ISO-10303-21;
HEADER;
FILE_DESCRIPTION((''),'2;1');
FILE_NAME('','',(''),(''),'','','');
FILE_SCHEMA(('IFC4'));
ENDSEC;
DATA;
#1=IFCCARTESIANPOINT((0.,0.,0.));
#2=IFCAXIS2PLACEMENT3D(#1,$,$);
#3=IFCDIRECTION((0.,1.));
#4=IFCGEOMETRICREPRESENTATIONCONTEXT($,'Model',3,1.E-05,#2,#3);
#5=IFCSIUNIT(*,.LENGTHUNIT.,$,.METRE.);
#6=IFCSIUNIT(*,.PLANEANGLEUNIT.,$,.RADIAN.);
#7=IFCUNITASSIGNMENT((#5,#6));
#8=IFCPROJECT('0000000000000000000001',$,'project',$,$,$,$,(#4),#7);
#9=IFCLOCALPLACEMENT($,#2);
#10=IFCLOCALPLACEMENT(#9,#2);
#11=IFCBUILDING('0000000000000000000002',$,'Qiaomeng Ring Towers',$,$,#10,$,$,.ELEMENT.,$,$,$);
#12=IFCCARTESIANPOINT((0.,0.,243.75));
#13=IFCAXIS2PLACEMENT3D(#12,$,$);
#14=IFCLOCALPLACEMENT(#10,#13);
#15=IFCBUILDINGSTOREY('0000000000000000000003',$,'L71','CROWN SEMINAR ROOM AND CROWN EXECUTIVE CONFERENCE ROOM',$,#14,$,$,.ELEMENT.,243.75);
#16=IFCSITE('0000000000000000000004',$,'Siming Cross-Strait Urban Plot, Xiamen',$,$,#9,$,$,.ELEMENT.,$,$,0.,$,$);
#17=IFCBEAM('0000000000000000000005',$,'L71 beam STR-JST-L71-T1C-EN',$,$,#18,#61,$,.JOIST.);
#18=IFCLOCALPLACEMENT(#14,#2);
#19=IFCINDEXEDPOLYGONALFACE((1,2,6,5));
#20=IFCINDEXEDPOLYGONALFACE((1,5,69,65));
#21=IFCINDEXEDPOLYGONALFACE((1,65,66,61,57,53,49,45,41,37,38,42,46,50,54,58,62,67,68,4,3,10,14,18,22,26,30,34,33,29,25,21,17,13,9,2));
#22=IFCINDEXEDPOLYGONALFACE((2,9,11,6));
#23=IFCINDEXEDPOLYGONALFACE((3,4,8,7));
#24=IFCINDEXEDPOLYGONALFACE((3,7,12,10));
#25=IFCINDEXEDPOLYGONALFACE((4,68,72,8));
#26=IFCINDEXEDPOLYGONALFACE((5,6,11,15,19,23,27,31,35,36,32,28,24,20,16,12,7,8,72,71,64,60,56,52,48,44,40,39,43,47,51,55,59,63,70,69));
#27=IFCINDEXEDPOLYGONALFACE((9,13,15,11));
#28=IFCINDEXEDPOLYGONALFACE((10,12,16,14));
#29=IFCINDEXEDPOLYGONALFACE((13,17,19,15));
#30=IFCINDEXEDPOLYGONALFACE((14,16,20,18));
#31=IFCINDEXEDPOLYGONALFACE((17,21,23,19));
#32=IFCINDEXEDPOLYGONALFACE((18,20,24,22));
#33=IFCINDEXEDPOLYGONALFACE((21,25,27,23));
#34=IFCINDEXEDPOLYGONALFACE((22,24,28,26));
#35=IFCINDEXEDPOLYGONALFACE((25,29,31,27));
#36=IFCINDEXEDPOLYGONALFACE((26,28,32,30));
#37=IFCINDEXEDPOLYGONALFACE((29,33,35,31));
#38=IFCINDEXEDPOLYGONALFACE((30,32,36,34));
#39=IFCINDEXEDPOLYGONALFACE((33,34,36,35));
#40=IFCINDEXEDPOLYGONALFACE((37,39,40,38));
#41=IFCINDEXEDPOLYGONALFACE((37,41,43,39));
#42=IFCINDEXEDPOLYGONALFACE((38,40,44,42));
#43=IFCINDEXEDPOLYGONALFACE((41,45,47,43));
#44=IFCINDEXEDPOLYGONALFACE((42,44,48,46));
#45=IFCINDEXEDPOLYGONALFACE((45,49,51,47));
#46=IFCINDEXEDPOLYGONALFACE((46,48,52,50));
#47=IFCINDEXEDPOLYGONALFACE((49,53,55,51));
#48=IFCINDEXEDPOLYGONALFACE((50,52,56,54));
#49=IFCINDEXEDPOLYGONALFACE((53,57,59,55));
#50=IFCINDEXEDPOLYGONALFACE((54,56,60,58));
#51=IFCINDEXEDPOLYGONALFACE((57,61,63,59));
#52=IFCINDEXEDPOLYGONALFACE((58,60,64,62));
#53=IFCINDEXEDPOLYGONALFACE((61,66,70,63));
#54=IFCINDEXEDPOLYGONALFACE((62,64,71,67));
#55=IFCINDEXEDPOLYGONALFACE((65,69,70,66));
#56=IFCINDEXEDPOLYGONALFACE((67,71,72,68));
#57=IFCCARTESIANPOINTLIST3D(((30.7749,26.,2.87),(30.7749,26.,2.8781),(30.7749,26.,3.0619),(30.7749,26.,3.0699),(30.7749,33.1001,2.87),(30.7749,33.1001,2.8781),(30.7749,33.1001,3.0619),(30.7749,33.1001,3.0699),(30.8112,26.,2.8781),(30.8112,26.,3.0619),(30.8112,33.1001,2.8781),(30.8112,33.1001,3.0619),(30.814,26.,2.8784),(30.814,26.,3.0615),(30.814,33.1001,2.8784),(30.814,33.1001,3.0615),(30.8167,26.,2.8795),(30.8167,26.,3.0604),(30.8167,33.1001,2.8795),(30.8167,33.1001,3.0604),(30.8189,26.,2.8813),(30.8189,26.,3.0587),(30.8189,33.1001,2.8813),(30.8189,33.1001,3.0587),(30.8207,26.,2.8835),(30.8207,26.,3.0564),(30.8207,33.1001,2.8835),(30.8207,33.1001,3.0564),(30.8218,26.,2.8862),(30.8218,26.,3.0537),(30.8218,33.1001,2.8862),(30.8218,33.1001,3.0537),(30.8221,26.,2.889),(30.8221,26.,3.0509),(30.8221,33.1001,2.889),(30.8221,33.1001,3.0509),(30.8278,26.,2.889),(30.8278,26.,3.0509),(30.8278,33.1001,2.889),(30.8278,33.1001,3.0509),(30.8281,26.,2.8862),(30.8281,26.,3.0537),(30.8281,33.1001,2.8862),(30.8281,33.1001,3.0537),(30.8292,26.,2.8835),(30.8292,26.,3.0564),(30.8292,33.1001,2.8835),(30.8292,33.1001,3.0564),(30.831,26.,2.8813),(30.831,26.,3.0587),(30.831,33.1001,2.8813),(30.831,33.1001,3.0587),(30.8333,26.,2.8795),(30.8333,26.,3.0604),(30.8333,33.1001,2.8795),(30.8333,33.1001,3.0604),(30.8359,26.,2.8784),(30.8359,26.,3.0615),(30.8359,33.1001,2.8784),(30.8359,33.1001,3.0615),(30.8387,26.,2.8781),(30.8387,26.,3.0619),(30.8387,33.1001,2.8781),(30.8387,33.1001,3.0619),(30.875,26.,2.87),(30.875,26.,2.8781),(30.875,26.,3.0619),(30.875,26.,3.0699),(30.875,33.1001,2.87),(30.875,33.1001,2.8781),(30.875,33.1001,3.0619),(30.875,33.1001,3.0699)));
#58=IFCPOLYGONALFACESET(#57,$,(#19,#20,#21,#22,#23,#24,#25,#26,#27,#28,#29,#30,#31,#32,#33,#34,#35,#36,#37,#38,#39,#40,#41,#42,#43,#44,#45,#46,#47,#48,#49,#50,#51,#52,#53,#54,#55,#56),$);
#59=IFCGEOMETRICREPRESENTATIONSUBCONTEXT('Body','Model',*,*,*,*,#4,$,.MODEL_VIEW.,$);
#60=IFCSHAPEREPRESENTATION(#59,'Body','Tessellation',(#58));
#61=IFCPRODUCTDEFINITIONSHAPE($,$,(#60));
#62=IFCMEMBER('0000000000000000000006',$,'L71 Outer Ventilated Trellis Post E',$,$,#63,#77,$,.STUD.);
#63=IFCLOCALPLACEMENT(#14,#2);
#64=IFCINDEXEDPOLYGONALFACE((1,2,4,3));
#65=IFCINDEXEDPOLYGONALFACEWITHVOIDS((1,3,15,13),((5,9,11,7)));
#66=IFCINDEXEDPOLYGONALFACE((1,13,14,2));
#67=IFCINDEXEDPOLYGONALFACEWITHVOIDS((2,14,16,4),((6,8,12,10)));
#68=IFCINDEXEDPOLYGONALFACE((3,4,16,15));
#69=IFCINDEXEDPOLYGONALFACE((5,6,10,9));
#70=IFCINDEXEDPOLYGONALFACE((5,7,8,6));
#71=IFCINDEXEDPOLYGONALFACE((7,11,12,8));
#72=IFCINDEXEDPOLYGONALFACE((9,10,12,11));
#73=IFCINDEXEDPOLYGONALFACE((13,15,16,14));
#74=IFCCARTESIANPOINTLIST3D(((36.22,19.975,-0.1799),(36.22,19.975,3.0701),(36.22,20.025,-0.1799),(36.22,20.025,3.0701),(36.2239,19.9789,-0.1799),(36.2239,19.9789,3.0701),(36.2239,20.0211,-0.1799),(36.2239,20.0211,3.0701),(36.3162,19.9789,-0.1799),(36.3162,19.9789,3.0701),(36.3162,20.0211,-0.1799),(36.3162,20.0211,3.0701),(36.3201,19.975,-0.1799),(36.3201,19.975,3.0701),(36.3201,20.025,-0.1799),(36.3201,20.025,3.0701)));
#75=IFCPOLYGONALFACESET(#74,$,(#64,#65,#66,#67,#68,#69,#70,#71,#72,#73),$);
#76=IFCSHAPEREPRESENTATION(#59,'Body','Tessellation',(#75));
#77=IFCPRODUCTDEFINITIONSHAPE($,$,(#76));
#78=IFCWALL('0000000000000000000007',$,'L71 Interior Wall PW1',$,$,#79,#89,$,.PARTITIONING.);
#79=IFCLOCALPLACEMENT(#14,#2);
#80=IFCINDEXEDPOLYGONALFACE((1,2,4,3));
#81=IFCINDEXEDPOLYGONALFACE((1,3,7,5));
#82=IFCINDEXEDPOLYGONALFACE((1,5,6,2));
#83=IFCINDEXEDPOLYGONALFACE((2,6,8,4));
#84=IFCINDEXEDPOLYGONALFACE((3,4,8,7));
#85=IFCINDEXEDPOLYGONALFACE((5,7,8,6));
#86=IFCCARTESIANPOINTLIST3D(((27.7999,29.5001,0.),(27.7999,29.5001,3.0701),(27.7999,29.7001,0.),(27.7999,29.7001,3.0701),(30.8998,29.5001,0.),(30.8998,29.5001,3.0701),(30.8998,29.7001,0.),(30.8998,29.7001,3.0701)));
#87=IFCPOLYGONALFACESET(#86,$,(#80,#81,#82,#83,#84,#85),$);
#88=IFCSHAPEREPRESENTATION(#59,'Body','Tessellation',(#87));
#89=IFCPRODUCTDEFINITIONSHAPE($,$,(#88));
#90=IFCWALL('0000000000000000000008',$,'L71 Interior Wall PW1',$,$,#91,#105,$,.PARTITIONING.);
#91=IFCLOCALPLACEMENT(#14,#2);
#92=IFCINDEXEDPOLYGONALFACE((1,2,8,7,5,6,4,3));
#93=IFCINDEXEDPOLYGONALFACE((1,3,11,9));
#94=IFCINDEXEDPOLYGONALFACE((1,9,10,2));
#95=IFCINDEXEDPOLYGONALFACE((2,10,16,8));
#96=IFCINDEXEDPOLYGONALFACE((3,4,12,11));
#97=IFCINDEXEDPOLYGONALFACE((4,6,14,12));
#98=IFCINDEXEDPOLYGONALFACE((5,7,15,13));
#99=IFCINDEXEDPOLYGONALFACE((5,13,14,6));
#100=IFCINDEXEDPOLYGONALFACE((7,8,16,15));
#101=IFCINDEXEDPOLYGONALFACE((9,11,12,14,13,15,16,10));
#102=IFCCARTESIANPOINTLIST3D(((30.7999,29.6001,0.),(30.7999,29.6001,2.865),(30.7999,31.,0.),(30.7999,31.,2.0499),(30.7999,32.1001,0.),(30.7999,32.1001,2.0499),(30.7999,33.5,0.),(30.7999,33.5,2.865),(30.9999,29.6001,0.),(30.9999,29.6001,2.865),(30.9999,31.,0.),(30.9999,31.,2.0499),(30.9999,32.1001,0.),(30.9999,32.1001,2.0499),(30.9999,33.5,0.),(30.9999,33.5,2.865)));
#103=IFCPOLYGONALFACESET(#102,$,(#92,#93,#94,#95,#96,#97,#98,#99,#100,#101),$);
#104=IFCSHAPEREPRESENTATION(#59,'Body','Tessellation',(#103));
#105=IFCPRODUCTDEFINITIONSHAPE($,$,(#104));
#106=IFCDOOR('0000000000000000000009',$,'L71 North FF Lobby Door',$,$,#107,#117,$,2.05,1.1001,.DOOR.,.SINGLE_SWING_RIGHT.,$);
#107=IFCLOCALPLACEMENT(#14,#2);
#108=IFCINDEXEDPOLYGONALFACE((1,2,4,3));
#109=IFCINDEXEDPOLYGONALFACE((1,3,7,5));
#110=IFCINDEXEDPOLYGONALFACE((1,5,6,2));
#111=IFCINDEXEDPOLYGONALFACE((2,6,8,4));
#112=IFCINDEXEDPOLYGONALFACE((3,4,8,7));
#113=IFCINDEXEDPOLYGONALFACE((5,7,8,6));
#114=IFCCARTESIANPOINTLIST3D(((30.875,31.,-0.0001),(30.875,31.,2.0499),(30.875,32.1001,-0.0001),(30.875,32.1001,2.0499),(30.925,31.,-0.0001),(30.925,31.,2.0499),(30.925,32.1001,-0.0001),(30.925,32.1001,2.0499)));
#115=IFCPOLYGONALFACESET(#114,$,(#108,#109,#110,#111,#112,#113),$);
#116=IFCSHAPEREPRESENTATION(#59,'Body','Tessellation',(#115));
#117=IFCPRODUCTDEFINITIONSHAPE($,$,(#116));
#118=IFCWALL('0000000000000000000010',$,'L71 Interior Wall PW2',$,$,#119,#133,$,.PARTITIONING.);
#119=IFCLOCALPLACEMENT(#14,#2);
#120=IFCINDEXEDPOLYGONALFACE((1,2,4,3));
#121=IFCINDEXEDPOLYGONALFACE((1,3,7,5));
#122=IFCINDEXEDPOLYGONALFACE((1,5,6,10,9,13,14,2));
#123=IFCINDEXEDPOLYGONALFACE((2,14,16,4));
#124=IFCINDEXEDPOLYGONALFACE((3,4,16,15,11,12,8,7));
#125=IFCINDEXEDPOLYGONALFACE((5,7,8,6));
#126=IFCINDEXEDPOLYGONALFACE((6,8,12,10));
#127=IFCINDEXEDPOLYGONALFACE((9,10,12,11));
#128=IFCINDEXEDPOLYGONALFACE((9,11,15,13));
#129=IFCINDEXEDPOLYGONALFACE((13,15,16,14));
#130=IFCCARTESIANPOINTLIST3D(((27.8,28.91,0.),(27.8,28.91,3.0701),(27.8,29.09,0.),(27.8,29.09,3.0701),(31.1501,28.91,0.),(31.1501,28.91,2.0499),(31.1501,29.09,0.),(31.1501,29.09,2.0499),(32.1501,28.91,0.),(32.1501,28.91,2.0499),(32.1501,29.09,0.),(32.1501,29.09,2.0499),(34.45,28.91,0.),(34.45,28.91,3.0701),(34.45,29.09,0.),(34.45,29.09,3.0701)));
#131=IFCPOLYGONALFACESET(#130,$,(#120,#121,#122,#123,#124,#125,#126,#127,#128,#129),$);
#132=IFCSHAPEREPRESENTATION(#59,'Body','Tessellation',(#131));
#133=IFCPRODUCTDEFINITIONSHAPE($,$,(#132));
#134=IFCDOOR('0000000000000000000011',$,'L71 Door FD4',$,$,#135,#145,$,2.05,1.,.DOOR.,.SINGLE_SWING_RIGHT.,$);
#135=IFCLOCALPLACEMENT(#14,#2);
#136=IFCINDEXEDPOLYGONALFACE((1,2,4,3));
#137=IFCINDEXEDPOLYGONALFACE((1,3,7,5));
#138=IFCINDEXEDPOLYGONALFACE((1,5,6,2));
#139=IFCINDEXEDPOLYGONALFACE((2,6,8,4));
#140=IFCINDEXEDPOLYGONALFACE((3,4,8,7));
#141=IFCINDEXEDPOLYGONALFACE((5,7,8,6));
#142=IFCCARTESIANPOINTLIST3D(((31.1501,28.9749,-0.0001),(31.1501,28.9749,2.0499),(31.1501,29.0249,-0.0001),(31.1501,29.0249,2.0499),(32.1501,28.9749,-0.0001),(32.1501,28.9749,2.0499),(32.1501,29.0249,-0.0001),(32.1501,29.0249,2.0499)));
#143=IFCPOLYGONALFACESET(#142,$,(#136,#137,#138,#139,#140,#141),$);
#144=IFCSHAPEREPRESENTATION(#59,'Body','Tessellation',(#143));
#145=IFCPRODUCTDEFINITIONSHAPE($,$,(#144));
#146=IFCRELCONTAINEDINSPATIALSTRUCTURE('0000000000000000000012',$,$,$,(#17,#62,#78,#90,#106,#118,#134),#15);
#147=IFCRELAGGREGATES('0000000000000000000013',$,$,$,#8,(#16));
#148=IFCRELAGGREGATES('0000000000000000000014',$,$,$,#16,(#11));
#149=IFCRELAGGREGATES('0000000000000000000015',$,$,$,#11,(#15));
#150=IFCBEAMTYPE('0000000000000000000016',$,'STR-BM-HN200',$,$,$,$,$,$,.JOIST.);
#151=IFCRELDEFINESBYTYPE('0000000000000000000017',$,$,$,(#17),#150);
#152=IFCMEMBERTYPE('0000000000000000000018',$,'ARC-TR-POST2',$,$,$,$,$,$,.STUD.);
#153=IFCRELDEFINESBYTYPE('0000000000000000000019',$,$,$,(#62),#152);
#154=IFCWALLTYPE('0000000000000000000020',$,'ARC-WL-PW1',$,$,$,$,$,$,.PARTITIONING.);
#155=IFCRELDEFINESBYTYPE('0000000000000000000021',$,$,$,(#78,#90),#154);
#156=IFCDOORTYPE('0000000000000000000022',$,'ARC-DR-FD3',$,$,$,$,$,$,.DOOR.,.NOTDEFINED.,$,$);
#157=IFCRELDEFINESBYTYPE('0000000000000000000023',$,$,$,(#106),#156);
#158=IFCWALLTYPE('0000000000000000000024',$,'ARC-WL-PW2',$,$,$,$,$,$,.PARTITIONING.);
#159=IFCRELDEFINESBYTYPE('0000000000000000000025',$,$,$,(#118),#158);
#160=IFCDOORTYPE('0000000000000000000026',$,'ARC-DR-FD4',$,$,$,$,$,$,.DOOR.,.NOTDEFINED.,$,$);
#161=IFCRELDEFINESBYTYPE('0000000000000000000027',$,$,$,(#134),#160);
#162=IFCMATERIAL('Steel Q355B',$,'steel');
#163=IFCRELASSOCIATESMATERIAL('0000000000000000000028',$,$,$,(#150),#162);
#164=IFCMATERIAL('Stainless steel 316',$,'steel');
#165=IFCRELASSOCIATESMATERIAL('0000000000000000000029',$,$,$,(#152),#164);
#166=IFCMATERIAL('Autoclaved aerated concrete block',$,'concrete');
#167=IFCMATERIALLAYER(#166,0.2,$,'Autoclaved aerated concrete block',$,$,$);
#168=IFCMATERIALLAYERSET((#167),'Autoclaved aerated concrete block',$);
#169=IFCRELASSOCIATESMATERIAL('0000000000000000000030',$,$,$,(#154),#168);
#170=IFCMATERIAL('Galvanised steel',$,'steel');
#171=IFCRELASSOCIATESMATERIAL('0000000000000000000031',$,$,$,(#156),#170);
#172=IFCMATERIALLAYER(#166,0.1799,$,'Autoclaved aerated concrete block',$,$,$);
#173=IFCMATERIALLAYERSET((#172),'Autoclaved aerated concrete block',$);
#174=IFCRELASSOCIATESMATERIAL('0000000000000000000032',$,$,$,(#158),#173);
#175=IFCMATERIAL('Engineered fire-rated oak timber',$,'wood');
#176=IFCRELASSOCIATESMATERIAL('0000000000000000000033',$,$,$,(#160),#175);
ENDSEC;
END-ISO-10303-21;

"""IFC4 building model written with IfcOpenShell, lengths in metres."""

from ifc_helpers import new_model, si_unit, direction, frame, frame_2d, origin, origin_2d, place, context, subcontext, project, spatial, rectangle, hollow_rectangle, i_section, extrude, source, transform, mapped, material, layer, layer_set, material_profile, profile_set, type_object, element, fill, save


model = new_model("IFC4")

# Units and contexts
model_context = context("Model", 3, precision=1e-05, world=origin(), true_north=direction((0.0, 1.0)))
body_context = subcontext(model_context, "Body", "Model", "MODEL_VIEW")
ifc_project = project(units=[si_unit("LENGTHUNIT", "METRE"), si_unit("PLANEANGLEUNIT", "RADIAN")], contexts=[model_context])

# Site, building, storey
site_placement = place(None, origin())
site = spatial("IfcSite", under=ifc_project, at=site_placement, Name="Siming Cross-Strait Urban Plot, Xiamen", CompositionType="ELEMENT", RefElevation=0.0)
building_placement = place(site_placement, origin())
building = spatial("IfcBuilding", under=site, at=building_placement, Name="Qiaomeng Ring Towers", CompositionType="ELEMENT")
storey_placement = place(building_placement, frame((0.0, 0.0, 243.75)))
storey = spatial("IfcBuildingStorey", under=building, at=storey_placement, Name="L71", Description="CROWN SEMINAR ROOM AND CROWN EXECUTIVE CONFERENCE ROOM", CompositionType="ELEMENT", Elevation=243.75)

# Beam
ifc_material_1 = material(Name="Steel Q355B", Category="steel")
ifc_material_profile_1 = material_profile(ifc_material_1, i_section(OverallWidth=0.1001, OverallDepth=0.2, WebThickness=0.0056, FlangeThickness=0.0081, FilletRadius=0.011, at=origin_2d()), Name="HN 200x100x5.5x8")
ifc_profile_set_1 = profile_set([ifc_material_profile_1], Name="Steel Q355B")
beam_type_1 = type_object("IfcBeamType", Name="STR-BM-HN200", PredefinedType="JOIST", material=ifc_profile_set_1)
shared_shape_1 = source(origin(), body_context, "Body", "SweptSolid", [
    extrude(i_section(OverallWidth=0.1001, OverallDepth=0.2, WebThickness=0.0056, FlangeThickness=0.0081, FilletRadius=0.011, at=origin_2d()), origin(), (0.0, 0.0, 1.0), 7.1001),
])
beam_1_placement = place(storey_placement, frame((30.825, 26.0, 2.97), z_axis=(0.0, 1.0, 0.0), x_axis=(-1.0, 0.0, 0.0)))
element("IfcBeam", 1, at=beam_1_placement, inside=storey, type_object=beam_type_1, Name="L71 beam STR-JST-L71-T1C-EN", PredefinedType="JOIST", context=body_context, shape_type="MappedRepresentation", body=[
    mapped(shared_shape_1, transform((0.0, 0.0, 0.0), x_axis=(1.0, 0.0, 0.0), y_axis=(0.0, 1.0, 0.0), z_axis=(0.0, 0.0, 1.0), scale=1.0)),
])

# Member
ifc_material_2 = material(Name="Stainless steel 316", Category="steel")
ifc_material_profile_2 = material_profile(ifc_material_2, hollow_rectangle(XDim=0.05, YDim=0.1001, WallThickness=0.0039, at=origin_2d()), Name="SS TRELLIS 100x50")
ifc_profile_set_2 = profile_set([ifc_material_profile_2], Name="Stainless steel 316")
member_type = type_object("IfcMemberType", Name="ARC-TR-POST2", PredefinedType="STUD", material=ifc_profile_set_2)
shared_shape_2 = source(origin(), body_context, "Body", "SweptSolid", [
    extrude(hollow_rectangle(XDim=0.05, YDim=0.1001, WallThickness=0.0039, at=origin_2d()), origin(), (0.0, 0.0, 1.0), 3.25),
])
member_placement = place(storey_placement, frame((36.27, 20.0, -0.1799), z_axis=(0.0, 0.0, 1.0), x_axis=(0.0, 1.0, 0.0)))
element("IfcMember", 2, at=member_placement, inside=storey, type_object=member_type, Name="L71 Outer Ventilated Trellis Post E", PredefinedType="STUD", context=body_context, shape_type="MappedRepresentation", body=[
    mapped(shared_shape_2, transform((0.0, 0.0, 0.0), x_axis=(1.0, 0.0, 0.0), y_axis=(0.0, 1.0, 0.0), z_axis=(0.0, 0.0, 1.0), scale=1.0)),
])

# Wall
ifc_material_3 = material(Name="Autoclaved aerated concrete block", Category="concrete")
ifc_layer_1 = layer(ifc_material_3, 0.2, Name="Autoclaved aerated concrete block")
ifc_layer_set_1 = layer_set([ifc_layer_1], Name="Autoclaved aerated concrete block")
wall_type_1 = type_object("IfcWallType", Name="ARC-WL-PW1", PredefinedType="PARTITIONING", material=ifc_layer_set_1)
wall_1_placement = place(storey_placement, frame((27.8, 29.6001, 0.0), z_axis=(0.0, 0.0, 1.0), x_axis=(1.0, 0.0, 0.0)))
element("IfcWall", 3, at=wall_1_placement, inside=storey, type_object=wall_type_1, Name="L71 Interior Wall PW1", PredefinedType="PARTITIONING", context=body_context, shape_type="SweptSolid", body=[
    extrude(rectangle(XDim=3.0999, YDim=0.2, at=frame_2d((1.5498, 0.0))), origin(), (0.0, 0.0, 1.0), 3.0701),
])

# Walls, openings, doors
wall_2_placement = place(storey_placement, frame((30.8999, 29.6001, 0.0), z_axis=(0.0, 0.0, 1.0), x_axis=(0.0, 1.0, 0.0)))
wall_2 = element("IfcWall", 4, at=wall_2_placement, inside=storey, type_object=wall_type_1, Name="L71 Interior Wall PW1", PredefinedType="PARTITIONING", context=body_context, shape_type="SweptSolid", body=[
    extrude(rectangle(XDim=3.8999, YDim=0.2, at=frame_2d((1.95, 0.0))), origin(), (0.0, 0.0, 1.0), 2.865),
])
opening_1_placement = place(wall_2_placement, frame((1.3999, 0.0, 0.0)))
opening_1 = element("IfcOpeningElement", 5, at=opening_1_placement, cuts=wall_2, PredefinedType="OPENING", context=body_context, shape_type="SweptSolid", body=[
    extrude(rectangle(XDim=1.1001, YDim=2.05, at=frame_2d((0.55, 1.0249))), frame((0.0, 0.1099, 0.0), z_axis=(0.0, -1.0, 0.0), x_axis=(1.0, 0.0, 0.0)), (0.0, 0.0, 1.0), 0.22),
])
ifc_material_4 = material(Name="Galvanised steel", Category="steel")
door_type_1 = type_object("IfcDoorType", Name="ARC-DR-FD3", OperationType="NOTDEFINED", PredefinedType="DOOR", material=ifc_material_4)
shared_shape_3 = source(origin(), body_context, "Body", "SweptSolid", [
    extrude(rectangle(XDim=1.1001, YDim=2.05, at=frame_2d((0.55, 1.0249))), frame((0.0, 0.0249, 0.0), z_axis=(0.0, -1.0, 0.0), x_axis=(1.0, 0.0, 0.0)), (0.0, 0.0, 1.0), 0.05),
])
door_1_placement = place(opening_1_placement, origin())
door_1 = element("IfcDoor", 6, at=door_1_placement, inside=storey, type_object=door_type_1, Name="L71 North FF Lobby Door", OperationType="SINGLE_SWING_RIGHT", OverallHeight=2.05, OverallWidth=1.1001, PredefinedType="DOOR", context=body_context, shape_type="MappedRepresentation", body=[
    mapped(shared_shape_3, transform((0.0, 0.0, 0.0), x_axis=(1.0, 0.0, 0.0), y_axis=(0.0, 1.0, 0.0), z_axis=(0.0, 0.0, 1.0), scale=1.0)),
])
fill(opening_1, door_1)
ifc_layer_2 = layer(ifc_material_3, 0.1799, Name="Autoclaved aerated concrete block")
ifc_layer_set_2 = layer_set([ifc_layer_2], Name="Autoclaved aerated concrete block")
wall_type_2 = type_object("IfcWallType", Name="ARC-WL-PW2", PredefinedType="PARTITIONING", material=ifc_layer_set_2)
wall_3_placement = place(storey_placement, frame((27.8, 29.0, 0.0), z_axis=(0.0, 0.0, 1.0), x_axis=(1.0, 0.0, 0.0)))
wall_3 = element("IfcWall", 7, at=wall_3_placement, inside=storey, type_object=wall_type_2, Name="L71 Interior Wall PW2", PredefinedType="PARTITIONING", context=body_context, shape_type="SweptSolid", body=[
    extrude(rectangle(XDim=6.6499, YDim=0.1799, at=frame_2d((3.325, 0.0))), origin(), (0.0, 0.0, 1.0), 3.0701),
])
opening_2_placement = place(wall_3_placement, frame((3.3501, 0.0, 0.0)))
opening_2 = element("IfcOpeningElement", 8, at=opening_2_placement, cuts=wall_3, PredefinedType="OPENING", context=body_context, shape_type="SweptSolid", body=[
    extrude(rectangle(XDim=1.0, YDim=2.05, at=frame_2d((0.5, 1.0249))), frame((0.0, 0.0999, 0.0), z_axis=(0.0, -1.0, 0.0), x_axis=(1.0, 0.0, 0.0)), (0.0, 0.0, 1.0), 0.2),
])
ifc_material_5 = material(Name="Engineered fire-rated oak timber", Category="wood")
door_type_2 = type_object("IfcDoorType", Name="ARC-DR-FD4", OperationType="NOTDEFINED", PredefinedType="DOOR", material=ifc_material_5)
shared_shape_4 = source(origin(), body_context, "Body", "SweptSolid", [
    extrude(rectangle(XDim=1.0, YDim=2.05, at=frame_2d((0.5, 1.0249))), frame((0.0, 0.0249, 0.0), z_axis=(0.0, -1.0, 0.0), x_axis=(1.0, 0.0, 0.0)), (0.0, 0.0, 1.0), 0.05),
])
door_2_placement = place(opening_2_placement, origin())
door_2 = element("IfcDoor", 9, at=door_2_placement, inside=storey, type_object=door_type_2, Name="L71 Door FD4", OperationType="SINGLE_SWING_RIGHT", OverallHeight=2.05, OverallWidth=1.0, PredefinedType="DOOR", context=body_context, shape_type="MappedRepresentation", body=[
    mapped(shared_shape_4, transform((0.0, 0.0, 0.0), x_axis=(1.0, 0.0, 0.0), y_axis=(0.0, 1.0, 0.0), z_axis=(0.0, 0.0, 1.0), scale=1.0)),
])
fill(opening_2, door_2)

save(model, "model.ifc")
